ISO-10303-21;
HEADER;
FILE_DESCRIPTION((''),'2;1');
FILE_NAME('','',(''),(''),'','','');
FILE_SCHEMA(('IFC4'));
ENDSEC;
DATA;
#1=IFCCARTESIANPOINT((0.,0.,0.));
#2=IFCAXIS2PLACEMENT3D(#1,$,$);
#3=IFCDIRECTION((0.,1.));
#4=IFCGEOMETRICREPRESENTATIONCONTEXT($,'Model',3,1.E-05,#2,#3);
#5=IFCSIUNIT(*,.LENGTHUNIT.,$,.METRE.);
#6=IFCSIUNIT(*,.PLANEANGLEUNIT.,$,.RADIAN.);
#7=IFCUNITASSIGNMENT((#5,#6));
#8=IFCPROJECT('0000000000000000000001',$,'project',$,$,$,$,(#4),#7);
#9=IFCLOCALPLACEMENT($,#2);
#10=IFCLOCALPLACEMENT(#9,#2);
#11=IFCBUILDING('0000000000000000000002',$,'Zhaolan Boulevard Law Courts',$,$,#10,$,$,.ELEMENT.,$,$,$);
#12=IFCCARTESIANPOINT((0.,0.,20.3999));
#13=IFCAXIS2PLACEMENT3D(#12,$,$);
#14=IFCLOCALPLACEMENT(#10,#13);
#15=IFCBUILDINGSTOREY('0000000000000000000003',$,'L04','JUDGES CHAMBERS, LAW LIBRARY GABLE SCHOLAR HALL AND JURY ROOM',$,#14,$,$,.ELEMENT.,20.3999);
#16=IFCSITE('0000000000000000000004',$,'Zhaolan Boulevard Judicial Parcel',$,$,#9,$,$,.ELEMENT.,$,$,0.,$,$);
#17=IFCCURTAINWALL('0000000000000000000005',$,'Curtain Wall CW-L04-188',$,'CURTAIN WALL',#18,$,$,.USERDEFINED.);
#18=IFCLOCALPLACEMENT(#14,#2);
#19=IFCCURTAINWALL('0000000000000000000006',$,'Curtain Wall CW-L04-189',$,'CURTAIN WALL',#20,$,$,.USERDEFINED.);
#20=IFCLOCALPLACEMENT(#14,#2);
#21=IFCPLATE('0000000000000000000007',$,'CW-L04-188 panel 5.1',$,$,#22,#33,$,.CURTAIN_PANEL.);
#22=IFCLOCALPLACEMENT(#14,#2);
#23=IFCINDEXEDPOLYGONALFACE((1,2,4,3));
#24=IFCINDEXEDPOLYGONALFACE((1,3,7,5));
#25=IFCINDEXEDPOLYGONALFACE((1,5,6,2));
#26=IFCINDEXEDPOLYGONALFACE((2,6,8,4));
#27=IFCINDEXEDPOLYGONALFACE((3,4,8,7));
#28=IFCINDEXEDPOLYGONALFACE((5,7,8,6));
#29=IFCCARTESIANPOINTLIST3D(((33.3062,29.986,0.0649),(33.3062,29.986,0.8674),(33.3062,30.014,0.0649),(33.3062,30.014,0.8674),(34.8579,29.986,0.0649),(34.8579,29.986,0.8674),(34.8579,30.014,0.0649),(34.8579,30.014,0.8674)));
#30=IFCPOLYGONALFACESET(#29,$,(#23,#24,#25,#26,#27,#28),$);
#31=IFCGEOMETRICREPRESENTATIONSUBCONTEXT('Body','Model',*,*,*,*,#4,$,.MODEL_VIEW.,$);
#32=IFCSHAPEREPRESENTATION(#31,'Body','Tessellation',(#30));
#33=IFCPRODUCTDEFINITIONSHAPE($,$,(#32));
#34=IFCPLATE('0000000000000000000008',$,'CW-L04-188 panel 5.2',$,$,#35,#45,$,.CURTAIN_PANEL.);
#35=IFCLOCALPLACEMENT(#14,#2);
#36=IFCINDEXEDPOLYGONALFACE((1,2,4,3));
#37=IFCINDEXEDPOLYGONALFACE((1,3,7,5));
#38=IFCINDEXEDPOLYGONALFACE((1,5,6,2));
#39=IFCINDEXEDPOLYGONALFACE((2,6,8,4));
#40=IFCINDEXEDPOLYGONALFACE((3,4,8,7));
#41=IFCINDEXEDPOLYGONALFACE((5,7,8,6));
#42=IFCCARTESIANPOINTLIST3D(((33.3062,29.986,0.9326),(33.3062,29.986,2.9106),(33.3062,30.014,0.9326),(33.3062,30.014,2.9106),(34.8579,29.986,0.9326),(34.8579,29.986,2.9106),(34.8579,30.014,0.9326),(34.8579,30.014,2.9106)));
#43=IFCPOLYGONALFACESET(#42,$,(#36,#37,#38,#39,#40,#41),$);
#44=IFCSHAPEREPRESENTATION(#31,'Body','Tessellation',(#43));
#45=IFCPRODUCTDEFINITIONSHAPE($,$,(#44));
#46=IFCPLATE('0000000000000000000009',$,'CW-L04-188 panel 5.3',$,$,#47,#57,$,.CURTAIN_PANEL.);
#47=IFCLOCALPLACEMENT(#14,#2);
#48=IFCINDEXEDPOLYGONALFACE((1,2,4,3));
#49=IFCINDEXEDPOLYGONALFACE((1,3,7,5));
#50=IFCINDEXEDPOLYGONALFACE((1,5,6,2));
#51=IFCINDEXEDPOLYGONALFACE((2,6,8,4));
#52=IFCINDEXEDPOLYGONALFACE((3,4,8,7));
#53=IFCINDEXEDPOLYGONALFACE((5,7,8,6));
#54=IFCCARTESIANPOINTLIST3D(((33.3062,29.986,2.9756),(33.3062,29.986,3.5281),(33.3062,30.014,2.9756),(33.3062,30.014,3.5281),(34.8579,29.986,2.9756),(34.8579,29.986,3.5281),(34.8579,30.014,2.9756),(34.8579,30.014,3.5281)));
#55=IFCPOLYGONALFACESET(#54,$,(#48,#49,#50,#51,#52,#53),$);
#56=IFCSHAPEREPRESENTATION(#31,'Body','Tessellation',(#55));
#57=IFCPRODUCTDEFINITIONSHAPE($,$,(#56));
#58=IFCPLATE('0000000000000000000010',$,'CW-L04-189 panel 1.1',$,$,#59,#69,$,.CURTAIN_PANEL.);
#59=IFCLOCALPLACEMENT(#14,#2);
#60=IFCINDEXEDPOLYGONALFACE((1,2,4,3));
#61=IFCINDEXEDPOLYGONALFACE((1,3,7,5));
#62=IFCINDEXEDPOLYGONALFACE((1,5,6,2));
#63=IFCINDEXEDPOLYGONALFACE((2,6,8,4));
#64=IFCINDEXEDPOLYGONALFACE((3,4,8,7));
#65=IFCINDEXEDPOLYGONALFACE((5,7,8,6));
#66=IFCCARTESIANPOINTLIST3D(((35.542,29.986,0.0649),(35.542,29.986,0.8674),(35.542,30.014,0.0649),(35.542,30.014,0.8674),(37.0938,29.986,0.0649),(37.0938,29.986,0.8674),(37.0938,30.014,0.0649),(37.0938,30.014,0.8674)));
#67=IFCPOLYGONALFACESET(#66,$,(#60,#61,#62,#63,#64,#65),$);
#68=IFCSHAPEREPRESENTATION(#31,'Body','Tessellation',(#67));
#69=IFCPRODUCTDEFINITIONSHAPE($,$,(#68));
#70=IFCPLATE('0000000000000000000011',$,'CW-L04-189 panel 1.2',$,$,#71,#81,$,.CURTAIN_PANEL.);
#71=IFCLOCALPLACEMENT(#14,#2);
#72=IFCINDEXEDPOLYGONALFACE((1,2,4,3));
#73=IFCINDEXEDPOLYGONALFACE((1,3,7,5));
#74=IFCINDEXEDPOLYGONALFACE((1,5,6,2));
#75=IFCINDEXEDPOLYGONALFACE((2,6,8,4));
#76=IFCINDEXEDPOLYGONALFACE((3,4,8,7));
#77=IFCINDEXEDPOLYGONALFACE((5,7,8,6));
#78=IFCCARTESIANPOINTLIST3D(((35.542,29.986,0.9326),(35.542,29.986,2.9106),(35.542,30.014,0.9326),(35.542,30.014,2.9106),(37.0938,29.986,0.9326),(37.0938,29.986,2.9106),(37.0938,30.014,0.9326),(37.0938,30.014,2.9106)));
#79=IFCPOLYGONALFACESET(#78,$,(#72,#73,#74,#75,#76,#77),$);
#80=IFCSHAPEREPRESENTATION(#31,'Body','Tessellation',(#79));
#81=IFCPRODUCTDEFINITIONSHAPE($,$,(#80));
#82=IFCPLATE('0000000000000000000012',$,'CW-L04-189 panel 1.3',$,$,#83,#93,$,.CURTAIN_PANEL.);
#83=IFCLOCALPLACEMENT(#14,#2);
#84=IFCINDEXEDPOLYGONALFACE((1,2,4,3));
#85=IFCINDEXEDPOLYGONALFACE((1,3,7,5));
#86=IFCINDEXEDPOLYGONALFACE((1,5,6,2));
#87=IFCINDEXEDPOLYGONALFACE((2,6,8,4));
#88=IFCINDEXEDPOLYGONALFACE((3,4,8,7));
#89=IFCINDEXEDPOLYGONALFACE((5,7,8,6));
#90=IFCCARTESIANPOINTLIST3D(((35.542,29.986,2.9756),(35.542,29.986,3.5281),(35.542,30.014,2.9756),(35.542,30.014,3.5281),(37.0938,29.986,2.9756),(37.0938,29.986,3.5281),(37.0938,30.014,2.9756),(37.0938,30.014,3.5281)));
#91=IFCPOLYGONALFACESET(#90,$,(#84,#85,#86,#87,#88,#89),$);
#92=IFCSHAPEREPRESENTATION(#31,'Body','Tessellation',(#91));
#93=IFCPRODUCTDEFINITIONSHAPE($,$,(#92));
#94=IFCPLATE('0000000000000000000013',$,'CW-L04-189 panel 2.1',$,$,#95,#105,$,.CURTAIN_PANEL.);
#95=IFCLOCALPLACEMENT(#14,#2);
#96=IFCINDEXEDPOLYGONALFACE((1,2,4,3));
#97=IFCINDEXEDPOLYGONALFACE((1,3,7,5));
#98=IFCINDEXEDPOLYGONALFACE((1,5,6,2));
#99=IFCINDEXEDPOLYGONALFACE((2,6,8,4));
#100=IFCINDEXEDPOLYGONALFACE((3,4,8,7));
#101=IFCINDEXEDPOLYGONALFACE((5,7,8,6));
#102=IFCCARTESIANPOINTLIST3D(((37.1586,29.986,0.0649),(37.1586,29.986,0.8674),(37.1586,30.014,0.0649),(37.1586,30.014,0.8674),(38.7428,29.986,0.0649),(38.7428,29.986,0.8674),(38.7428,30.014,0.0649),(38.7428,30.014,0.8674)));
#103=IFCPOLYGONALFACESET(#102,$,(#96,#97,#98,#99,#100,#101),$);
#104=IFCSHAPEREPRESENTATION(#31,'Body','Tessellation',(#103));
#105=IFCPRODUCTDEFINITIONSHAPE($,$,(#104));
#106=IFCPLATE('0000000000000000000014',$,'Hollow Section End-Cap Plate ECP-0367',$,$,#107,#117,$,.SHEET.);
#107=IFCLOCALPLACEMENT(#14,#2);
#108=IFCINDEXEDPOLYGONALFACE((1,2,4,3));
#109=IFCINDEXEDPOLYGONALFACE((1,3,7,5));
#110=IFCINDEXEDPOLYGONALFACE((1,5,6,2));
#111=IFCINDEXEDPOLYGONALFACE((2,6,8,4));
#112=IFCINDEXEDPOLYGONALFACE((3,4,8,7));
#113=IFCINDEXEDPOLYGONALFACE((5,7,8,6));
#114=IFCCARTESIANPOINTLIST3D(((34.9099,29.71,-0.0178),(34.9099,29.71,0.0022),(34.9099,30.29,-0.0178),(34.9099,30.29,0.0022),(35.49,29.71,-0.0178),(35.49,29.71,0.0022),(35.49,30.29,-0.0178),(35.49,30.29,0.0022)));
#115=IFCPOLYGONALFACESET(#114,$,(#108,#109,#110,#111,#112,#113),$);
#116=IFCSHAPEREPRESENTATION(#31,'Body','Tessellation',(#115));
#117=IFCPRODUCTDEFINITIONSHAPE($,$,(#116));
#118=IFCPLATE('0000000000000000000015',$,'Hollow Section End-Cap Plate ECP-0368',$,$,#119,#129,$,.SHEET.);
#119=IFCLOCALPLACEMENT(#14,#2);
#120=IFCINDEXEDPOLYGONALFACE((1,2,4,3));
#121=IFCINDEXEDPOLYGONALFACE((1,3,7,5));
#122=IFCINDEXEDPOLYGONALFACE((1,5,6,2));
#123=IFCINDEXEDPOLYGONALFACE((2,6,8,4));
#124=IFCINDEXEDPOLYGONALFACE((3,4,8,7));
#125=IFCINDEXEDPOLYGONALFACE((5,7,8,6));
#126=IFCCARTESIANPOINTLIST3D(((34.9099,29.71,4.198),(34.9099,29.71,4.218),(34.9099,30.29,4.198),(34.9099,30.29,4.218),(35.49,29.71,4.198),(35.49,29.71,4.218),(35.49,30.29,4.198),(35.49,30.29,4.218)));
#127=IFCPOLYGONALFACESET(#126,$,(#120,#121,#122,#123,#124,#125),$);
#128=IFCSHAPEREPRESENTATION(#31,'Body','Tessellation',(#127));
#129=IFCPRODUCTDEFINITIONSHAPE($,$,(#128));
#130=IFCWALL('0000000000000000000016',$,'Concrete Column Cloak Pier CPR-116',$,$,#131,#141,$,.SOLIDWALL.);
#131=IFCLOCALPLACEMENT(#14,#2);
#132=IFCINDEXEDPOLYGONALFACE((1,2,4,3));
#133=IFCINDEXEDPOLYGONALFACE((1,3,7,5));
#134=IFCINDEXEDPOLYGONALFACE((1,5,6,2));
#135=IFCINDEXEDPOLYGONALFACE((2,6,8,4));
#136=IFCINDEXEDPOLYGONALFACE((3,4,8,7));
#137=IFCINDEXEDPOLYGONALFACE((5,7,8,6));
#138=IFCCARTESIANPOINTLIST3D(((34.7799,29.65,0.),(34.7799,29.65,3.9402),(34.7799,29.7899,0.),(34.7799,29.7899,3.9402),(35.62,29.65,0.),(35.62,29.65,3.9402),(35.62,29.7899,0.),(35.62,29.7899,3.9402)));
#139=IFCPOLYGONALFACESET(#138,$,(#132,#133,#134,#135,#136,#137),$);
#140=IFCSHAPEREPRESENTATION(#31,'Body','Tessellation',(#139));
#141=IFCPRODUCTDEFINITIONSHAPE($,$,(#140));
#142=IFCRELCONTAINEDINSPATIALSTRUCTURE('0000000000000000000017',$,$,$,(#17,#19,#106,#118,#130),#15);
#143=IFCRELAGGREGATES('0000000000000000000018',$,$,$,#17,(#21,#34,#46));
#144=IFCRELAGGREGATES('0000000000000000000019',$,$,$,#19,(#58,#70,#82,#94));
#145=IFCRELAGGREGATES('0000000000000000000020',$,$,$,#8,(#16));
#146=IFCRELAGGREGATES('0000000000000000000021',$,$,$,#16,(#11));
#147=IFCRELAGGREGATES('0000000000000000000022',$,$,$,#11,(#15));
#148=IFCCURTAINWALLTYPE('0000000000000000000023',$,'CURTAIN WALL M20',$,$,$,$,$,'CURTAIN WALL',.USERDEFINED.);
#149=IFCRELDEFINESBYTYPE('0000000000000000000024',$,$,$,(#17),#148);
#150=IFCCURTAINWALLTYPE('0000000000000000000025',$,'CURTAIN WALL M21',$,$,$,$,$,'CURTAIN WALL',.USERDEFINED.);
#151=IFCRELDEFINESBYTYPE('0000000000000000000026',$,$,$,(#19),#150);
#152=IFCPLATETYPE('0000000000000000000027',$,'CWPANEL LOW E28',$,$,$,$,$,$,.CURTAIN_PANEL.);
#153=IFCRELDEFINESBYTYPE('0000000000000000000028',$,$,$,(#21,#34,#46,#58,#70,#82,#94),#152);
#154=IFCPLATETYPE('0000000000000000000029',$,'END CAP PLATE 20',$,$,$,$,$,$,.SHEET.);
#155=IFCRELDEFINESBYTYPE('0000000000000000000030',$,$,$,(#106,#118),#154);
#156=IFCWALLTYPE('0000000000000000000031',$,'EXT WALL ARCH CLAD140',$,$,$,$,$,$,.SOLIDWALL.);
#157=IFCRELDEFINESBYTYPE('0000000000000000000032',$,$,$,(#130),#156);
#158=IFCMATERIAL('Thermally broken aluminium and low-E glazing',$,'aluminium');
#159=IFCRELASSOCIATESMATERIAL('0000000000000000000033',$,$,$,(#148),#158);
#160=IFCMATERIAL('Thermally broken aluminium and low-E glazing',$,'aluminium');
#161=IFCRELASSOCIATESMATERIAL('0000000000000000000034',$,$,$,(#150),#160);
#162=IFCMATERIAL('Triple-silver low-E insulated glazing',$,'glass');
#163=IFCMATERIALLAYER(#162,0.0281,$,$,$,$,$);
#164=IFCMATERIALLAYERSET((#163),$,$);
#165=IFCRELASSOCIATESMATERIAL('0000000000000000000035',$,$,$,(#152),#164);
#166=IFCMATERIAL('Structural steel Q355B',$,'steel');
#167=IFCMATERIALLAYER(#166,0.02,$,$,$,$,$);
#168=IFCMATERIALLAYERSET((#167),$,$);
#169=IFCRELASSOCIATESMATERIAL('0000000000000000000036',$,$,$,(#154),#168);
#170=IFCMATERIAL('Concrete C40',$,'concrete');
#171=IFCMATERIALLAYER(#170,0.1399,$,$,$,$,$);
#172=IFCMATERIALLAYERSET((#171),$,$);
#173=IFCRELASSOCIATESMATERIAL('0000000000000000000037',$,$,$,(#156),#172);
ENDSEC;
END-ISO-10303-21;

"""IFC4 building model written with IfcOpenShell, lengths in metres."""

from ifc_helpers import new_model, si_unit, direction, frame, frame_2d, origin, origin_2d, place, context, subcontext, project, spatial, rectangle, extrude, material, layer, layer_set, type_object, element, aggregate, save


model = new_model("IFC4")

# Units and contexts
model_context = context("Model", 3, precision=1e-05, world=origin(), true_north=direction((0.0, 1.0)))
body_context = subcontext(model_context, "Body", "Model", "MODEL_VIEW")
ifc_project = project(units=[si_unit("LENGTHUNIT", "METRE"), si_unit("PLANEANGLEUNIT", "RADIAN")], contexts=[model_context])

# Site, building, storey
site_placement = place(None, origin())
site = spatial("IfcSite", under=ifc_project, at=site_placement, Name="Zhaolan Boulevard Judicial Parcel", CompositionType="ELEMENT", RefElevation=0.0)
building_placement = place(site_placement, origin())
building = spatial("IfcBuilding", under=site, at=building_placement, Name="Zhaolan Boulevard Law Courts", CompositionType="ELEMENT")
storey_placement = place(building_placement, frame((0.0, 0.0, 20.3999)))
storey = spatial("IfcBuildingStorey", under=building, at=storey_placement, Name="L04", Description="JUDGES CHAMBERS, LAW LIBRARY GABLE SCHOLAR HALL AND JURY ROOM", CompositionType="ELEMENT", Elevation=20.3999)

# Curtain walls
ifc_material_1 = material(Name="Thermally broken aluminium and low-E glazing", Category="aluminium")
curtain_wall_type_1 = type_object("IfcCurtainWallType", Name="CURTAIN WALL M20", ElementType="CURTAIN WALL", PredefinedType="USERDEFINED", material=ifc_material_1)
curtain_wall_1_placement = place(storey_placement, origin())
curtain_wall_1 = element("IfcCurtainWall", 1, at=curtain_wall_1_placement, inside=storey, type_object=curtain_wall_type_1, Name="Curtain Wall CW-L04-188", ObjectType="CURTAIN WALL", PredefinedType="USERDEFINED")
ifc_material_2 = material(Name="Thermally broken aluminium and low-E glazing", Category="aluminium")
curtain_wall_type_2 = type_object("IfcCurtainWallType", Name="CURTAIN WALL M21", ElementType="CURTAIN WALL", PredefinedType="USERDEFINED", material=ifc_material_2)
curtain_wall_2_placement = place(storey_placement, origin())
curtain_wall_2 = element("IfcCurtainWall", 2, at=curtain_wall_2_placement, inside=storey, type_object=curtain_wall_type_2, Name="Curtain Wall CW-L04-189", ObjectType="CURTAIN WALL", PredefinedType="USERDEFINED")

# Plates
ifc_material_3 = material(Name="Triple-silver low-E insulated glazing", Category="glass")
ifc_layer_1 = layer(ifc_material_3, 0.0281)
ifc_layer_set_1 = layer_set([ifc_layer_1])
plate_type_1 = type_object("IfcPlateType", Name="CWPANEL LOW E28", PredefinedType="CURTAIN_PANEL", material=ifc_layer_set_1)
plate_1_placement = place(storey_placement, frame((34.082, 30.0, 0.0649), z_axis=(0.0, 0.0, 1.0), x_axis=(1.0, 0.0, 0.0)))
plate_1 = element("IfcPlate", 3, at=plate_1_placement, type_object=plate_type_1, Name="CW-L04-188 panel 5.1", PredefinedType="CURTAIN_PANEL", context=body_context, shape_type="SweptSolid", body=[
    extrude(rectangle(XDim=1.5518, YDim=0.0281, at=origin_2d()), origin(), (0.0, 0.0, 1.0), 0.8025),
])
plate_2_placement = place(storey_placement, frame((34.082, 30.0, 0.9326), z_axis=(0.0, 0.0, 1.0), x_axis=(1.0, 0.0, 0.0)))
plate_2 = element("IfcPlate", 4, at=plate_2_placement, type_object=plate_type_1, Name="CW-L04-188 panel 5.2", PredefinedType="CURTAIN_PANEL", context=body_context, shape_type="SweptSolid", body=[
    extrude(rectangle(XDim=1.5518, YDim=0.0281, at=origin_2d()), origin(), (0.0, 0.0, 1.0), 1.978),
])
plate_3_placement = place(storey_placement, frame((34.082, 30.0, 2.9756), z_axis=(0.0, 0.0, 1.0), x_axis=(1.0, 0.0, 0.0)))
plate_3 = element("IfcPlate", 5, at=plate_3_placement, type_object=plate_type_1, Name="CW-L04-188 panel 5.3", PredefinedType="CURTAIN_PANEL", context=body_context, shape_type="SweptSolid", body=[
    extrude(rectangle(XDim=1.5518, YDim=0.0281, at=origin_2d()), origin(), (0.0, 0.0, 1.0), 0.5525),
])
aggregate(curtain_wall_1, [plate_1, plate_2, plate_3])
plate_4_placement = place(storey_placement, frame((36.3179, 30.0, 0.0649), z_axis=(0.0, 0.0, 1.0), x_axis=(1.0, 0.0, 0.0)))
plate_4 = element("IfcPlate", 6, at=plate_4_placement, type_object=plate_type_1, Name="CW-L04-189 panel 1.1", PredefinedType="CURTAIN_PANEL", context=body_context, shape_type="SweptSolid", body=[
    extrude(rectangle(XDim=1.5518, YDim=0.0281, at=origin_2d()), origin(), (0.0, 0.0, 1.0), 0.8025),
])
plate_5_placement = place(storey_placement, frame((36.3179, 30.0, 0.9326), z_axis=(0.0, 0.0, 1.0), x_axis=(1.0, 0.0, 0.0)))
plate_5 = element("IfcPlate", 7, at=plate_5_placement, type_object=plate_type_1, Name="CW-L04-189 panel 1.2", PredefinedType="CURTAIN_PANEL", context=body_context, shape_type="SweptSolid", body=[
    extrude(rectangle(XDim=1.5518, YDim=0.0281, at=origin_2d()), origin(), (0.0, 0.0, 1.0), 1.978),
])
plate_6_placement = place(storey_placement, frame((36.3179, 30.0, 2.9756), z_axis=(0.0, 0.0, 1.0), x_axis=(1.0, 0.0, 0.0)))
plate_6 = element("IfcPlate", 8, at=plate_6_placement, type_object=plate_type_1, Name="CW-L04-189 panel 1.3", PredefinedType="CURTAIN_PANEL", context=body_context, shape_type="SweptSolid", body=[
    extrude(rectangle(XDim=1.5518, YDim=0.0281, at=origin_2d()), origin(), (0.0, 0.0, 1.0), 0.5525),
])
plate_7_placement = place(storey_placement, frame((37.9507, 30.0, 0.0649), z_axis=(0.0, 0.0, 1.0), x_axis=(1.0, 0.0, 0.0)))
plate_7 = element("IfcPlate", 9, at=plate_7_placement, type_object=plate_type_1, Name="CW-L04-189 panel 2.1", PredefinedType="CURTAIN_PANEL", context=body_context, shape_type="SweptSolid", body=[
    extrude(rectangle(XDim=1.5842, YDim=0.0281, at=origin_2d()), origin(), (0.0, 0.0, 1.0), 0.8025),
])
aggregate(curtain_wall_2, [plate_4, plate_5, plate_6, plate_7])

# Plates
ifc_material_4 = material(Name="Structural steel Q355B", Category="steel")
ifc_layer_2 = layer(ifc_material_4, 0.02)
ifc_layer_set_2 = layer_set([ifc_layer_2])
plate_type_2 = type_object("IfcPlateType", Name="END CAP PLATE 20", PredefinedType="SHEET", material=ifc_layer_set_2)
for number, where, z_axis, x_axis, name in (
    (10, (35.2, 30.0, -0.0178), (0.0, 0.0, 1.0), (1.0, 0.0, 0.0), "Hollow Section End-Cap Plate ECP-0367"),
    (11, (35.2, 30.0, 4.198), (0.0, 0.0, 1.0), (1.0, 0.0, 0.0), "Hollow Section End-Cap Plate ECP-0368"),
):
    element("IfcPlate", number, at=place(storey_placement, frame(where, z_axis=z_axis, x_axis=x_axis)), inside=storey, type_object=plate_type_2, Name=name, PredefinedType="SHEET", context=body_context, shape_type="SweptSolid", body=[
        extrude(rectangle(XDim=0.5801, YDim=0.5801, at=origin_2d()), origin(), (0.0, 0.0, 1.0), 0.02),
    ])

# Wall
ifc_material_5 = material(Name="Concrete C40", Category="concrete")
ifc_layer_3 = layer(ifc_material_5, 0.1399)
ifc_layer_set_3 = layer_set([ifc_layer_3])
wall_type = type_object("IfcWallType", Name="EXT WALL ARCH CLAD140", PredefinedType="SOLIDWALL", material=ifc_layer_set_3)
wall_placement = place(storey_placement, frame((34.78, 29.72, 0.0), z_axis=(0.0, 0.0, 1.0), x_axis=(1.0, 0.0, 0.0)))
element("IfcWall", 12, at=wall_placement, inside=storey, type_object=wall_type, Name="Concrete Column Cloak Pier CPR-116", PredefinedType="SOLIDWALL", context=body_context, shape_type="SweptSolid", body=[
    extrude(rectangle(XDim=0.8401, YDim=0.1399, at=frame_2d((0.4199, 0.0))), origin(), (0.0, 0.0, 1.0), 3.9402),
])

save(model, "model.ifc")
